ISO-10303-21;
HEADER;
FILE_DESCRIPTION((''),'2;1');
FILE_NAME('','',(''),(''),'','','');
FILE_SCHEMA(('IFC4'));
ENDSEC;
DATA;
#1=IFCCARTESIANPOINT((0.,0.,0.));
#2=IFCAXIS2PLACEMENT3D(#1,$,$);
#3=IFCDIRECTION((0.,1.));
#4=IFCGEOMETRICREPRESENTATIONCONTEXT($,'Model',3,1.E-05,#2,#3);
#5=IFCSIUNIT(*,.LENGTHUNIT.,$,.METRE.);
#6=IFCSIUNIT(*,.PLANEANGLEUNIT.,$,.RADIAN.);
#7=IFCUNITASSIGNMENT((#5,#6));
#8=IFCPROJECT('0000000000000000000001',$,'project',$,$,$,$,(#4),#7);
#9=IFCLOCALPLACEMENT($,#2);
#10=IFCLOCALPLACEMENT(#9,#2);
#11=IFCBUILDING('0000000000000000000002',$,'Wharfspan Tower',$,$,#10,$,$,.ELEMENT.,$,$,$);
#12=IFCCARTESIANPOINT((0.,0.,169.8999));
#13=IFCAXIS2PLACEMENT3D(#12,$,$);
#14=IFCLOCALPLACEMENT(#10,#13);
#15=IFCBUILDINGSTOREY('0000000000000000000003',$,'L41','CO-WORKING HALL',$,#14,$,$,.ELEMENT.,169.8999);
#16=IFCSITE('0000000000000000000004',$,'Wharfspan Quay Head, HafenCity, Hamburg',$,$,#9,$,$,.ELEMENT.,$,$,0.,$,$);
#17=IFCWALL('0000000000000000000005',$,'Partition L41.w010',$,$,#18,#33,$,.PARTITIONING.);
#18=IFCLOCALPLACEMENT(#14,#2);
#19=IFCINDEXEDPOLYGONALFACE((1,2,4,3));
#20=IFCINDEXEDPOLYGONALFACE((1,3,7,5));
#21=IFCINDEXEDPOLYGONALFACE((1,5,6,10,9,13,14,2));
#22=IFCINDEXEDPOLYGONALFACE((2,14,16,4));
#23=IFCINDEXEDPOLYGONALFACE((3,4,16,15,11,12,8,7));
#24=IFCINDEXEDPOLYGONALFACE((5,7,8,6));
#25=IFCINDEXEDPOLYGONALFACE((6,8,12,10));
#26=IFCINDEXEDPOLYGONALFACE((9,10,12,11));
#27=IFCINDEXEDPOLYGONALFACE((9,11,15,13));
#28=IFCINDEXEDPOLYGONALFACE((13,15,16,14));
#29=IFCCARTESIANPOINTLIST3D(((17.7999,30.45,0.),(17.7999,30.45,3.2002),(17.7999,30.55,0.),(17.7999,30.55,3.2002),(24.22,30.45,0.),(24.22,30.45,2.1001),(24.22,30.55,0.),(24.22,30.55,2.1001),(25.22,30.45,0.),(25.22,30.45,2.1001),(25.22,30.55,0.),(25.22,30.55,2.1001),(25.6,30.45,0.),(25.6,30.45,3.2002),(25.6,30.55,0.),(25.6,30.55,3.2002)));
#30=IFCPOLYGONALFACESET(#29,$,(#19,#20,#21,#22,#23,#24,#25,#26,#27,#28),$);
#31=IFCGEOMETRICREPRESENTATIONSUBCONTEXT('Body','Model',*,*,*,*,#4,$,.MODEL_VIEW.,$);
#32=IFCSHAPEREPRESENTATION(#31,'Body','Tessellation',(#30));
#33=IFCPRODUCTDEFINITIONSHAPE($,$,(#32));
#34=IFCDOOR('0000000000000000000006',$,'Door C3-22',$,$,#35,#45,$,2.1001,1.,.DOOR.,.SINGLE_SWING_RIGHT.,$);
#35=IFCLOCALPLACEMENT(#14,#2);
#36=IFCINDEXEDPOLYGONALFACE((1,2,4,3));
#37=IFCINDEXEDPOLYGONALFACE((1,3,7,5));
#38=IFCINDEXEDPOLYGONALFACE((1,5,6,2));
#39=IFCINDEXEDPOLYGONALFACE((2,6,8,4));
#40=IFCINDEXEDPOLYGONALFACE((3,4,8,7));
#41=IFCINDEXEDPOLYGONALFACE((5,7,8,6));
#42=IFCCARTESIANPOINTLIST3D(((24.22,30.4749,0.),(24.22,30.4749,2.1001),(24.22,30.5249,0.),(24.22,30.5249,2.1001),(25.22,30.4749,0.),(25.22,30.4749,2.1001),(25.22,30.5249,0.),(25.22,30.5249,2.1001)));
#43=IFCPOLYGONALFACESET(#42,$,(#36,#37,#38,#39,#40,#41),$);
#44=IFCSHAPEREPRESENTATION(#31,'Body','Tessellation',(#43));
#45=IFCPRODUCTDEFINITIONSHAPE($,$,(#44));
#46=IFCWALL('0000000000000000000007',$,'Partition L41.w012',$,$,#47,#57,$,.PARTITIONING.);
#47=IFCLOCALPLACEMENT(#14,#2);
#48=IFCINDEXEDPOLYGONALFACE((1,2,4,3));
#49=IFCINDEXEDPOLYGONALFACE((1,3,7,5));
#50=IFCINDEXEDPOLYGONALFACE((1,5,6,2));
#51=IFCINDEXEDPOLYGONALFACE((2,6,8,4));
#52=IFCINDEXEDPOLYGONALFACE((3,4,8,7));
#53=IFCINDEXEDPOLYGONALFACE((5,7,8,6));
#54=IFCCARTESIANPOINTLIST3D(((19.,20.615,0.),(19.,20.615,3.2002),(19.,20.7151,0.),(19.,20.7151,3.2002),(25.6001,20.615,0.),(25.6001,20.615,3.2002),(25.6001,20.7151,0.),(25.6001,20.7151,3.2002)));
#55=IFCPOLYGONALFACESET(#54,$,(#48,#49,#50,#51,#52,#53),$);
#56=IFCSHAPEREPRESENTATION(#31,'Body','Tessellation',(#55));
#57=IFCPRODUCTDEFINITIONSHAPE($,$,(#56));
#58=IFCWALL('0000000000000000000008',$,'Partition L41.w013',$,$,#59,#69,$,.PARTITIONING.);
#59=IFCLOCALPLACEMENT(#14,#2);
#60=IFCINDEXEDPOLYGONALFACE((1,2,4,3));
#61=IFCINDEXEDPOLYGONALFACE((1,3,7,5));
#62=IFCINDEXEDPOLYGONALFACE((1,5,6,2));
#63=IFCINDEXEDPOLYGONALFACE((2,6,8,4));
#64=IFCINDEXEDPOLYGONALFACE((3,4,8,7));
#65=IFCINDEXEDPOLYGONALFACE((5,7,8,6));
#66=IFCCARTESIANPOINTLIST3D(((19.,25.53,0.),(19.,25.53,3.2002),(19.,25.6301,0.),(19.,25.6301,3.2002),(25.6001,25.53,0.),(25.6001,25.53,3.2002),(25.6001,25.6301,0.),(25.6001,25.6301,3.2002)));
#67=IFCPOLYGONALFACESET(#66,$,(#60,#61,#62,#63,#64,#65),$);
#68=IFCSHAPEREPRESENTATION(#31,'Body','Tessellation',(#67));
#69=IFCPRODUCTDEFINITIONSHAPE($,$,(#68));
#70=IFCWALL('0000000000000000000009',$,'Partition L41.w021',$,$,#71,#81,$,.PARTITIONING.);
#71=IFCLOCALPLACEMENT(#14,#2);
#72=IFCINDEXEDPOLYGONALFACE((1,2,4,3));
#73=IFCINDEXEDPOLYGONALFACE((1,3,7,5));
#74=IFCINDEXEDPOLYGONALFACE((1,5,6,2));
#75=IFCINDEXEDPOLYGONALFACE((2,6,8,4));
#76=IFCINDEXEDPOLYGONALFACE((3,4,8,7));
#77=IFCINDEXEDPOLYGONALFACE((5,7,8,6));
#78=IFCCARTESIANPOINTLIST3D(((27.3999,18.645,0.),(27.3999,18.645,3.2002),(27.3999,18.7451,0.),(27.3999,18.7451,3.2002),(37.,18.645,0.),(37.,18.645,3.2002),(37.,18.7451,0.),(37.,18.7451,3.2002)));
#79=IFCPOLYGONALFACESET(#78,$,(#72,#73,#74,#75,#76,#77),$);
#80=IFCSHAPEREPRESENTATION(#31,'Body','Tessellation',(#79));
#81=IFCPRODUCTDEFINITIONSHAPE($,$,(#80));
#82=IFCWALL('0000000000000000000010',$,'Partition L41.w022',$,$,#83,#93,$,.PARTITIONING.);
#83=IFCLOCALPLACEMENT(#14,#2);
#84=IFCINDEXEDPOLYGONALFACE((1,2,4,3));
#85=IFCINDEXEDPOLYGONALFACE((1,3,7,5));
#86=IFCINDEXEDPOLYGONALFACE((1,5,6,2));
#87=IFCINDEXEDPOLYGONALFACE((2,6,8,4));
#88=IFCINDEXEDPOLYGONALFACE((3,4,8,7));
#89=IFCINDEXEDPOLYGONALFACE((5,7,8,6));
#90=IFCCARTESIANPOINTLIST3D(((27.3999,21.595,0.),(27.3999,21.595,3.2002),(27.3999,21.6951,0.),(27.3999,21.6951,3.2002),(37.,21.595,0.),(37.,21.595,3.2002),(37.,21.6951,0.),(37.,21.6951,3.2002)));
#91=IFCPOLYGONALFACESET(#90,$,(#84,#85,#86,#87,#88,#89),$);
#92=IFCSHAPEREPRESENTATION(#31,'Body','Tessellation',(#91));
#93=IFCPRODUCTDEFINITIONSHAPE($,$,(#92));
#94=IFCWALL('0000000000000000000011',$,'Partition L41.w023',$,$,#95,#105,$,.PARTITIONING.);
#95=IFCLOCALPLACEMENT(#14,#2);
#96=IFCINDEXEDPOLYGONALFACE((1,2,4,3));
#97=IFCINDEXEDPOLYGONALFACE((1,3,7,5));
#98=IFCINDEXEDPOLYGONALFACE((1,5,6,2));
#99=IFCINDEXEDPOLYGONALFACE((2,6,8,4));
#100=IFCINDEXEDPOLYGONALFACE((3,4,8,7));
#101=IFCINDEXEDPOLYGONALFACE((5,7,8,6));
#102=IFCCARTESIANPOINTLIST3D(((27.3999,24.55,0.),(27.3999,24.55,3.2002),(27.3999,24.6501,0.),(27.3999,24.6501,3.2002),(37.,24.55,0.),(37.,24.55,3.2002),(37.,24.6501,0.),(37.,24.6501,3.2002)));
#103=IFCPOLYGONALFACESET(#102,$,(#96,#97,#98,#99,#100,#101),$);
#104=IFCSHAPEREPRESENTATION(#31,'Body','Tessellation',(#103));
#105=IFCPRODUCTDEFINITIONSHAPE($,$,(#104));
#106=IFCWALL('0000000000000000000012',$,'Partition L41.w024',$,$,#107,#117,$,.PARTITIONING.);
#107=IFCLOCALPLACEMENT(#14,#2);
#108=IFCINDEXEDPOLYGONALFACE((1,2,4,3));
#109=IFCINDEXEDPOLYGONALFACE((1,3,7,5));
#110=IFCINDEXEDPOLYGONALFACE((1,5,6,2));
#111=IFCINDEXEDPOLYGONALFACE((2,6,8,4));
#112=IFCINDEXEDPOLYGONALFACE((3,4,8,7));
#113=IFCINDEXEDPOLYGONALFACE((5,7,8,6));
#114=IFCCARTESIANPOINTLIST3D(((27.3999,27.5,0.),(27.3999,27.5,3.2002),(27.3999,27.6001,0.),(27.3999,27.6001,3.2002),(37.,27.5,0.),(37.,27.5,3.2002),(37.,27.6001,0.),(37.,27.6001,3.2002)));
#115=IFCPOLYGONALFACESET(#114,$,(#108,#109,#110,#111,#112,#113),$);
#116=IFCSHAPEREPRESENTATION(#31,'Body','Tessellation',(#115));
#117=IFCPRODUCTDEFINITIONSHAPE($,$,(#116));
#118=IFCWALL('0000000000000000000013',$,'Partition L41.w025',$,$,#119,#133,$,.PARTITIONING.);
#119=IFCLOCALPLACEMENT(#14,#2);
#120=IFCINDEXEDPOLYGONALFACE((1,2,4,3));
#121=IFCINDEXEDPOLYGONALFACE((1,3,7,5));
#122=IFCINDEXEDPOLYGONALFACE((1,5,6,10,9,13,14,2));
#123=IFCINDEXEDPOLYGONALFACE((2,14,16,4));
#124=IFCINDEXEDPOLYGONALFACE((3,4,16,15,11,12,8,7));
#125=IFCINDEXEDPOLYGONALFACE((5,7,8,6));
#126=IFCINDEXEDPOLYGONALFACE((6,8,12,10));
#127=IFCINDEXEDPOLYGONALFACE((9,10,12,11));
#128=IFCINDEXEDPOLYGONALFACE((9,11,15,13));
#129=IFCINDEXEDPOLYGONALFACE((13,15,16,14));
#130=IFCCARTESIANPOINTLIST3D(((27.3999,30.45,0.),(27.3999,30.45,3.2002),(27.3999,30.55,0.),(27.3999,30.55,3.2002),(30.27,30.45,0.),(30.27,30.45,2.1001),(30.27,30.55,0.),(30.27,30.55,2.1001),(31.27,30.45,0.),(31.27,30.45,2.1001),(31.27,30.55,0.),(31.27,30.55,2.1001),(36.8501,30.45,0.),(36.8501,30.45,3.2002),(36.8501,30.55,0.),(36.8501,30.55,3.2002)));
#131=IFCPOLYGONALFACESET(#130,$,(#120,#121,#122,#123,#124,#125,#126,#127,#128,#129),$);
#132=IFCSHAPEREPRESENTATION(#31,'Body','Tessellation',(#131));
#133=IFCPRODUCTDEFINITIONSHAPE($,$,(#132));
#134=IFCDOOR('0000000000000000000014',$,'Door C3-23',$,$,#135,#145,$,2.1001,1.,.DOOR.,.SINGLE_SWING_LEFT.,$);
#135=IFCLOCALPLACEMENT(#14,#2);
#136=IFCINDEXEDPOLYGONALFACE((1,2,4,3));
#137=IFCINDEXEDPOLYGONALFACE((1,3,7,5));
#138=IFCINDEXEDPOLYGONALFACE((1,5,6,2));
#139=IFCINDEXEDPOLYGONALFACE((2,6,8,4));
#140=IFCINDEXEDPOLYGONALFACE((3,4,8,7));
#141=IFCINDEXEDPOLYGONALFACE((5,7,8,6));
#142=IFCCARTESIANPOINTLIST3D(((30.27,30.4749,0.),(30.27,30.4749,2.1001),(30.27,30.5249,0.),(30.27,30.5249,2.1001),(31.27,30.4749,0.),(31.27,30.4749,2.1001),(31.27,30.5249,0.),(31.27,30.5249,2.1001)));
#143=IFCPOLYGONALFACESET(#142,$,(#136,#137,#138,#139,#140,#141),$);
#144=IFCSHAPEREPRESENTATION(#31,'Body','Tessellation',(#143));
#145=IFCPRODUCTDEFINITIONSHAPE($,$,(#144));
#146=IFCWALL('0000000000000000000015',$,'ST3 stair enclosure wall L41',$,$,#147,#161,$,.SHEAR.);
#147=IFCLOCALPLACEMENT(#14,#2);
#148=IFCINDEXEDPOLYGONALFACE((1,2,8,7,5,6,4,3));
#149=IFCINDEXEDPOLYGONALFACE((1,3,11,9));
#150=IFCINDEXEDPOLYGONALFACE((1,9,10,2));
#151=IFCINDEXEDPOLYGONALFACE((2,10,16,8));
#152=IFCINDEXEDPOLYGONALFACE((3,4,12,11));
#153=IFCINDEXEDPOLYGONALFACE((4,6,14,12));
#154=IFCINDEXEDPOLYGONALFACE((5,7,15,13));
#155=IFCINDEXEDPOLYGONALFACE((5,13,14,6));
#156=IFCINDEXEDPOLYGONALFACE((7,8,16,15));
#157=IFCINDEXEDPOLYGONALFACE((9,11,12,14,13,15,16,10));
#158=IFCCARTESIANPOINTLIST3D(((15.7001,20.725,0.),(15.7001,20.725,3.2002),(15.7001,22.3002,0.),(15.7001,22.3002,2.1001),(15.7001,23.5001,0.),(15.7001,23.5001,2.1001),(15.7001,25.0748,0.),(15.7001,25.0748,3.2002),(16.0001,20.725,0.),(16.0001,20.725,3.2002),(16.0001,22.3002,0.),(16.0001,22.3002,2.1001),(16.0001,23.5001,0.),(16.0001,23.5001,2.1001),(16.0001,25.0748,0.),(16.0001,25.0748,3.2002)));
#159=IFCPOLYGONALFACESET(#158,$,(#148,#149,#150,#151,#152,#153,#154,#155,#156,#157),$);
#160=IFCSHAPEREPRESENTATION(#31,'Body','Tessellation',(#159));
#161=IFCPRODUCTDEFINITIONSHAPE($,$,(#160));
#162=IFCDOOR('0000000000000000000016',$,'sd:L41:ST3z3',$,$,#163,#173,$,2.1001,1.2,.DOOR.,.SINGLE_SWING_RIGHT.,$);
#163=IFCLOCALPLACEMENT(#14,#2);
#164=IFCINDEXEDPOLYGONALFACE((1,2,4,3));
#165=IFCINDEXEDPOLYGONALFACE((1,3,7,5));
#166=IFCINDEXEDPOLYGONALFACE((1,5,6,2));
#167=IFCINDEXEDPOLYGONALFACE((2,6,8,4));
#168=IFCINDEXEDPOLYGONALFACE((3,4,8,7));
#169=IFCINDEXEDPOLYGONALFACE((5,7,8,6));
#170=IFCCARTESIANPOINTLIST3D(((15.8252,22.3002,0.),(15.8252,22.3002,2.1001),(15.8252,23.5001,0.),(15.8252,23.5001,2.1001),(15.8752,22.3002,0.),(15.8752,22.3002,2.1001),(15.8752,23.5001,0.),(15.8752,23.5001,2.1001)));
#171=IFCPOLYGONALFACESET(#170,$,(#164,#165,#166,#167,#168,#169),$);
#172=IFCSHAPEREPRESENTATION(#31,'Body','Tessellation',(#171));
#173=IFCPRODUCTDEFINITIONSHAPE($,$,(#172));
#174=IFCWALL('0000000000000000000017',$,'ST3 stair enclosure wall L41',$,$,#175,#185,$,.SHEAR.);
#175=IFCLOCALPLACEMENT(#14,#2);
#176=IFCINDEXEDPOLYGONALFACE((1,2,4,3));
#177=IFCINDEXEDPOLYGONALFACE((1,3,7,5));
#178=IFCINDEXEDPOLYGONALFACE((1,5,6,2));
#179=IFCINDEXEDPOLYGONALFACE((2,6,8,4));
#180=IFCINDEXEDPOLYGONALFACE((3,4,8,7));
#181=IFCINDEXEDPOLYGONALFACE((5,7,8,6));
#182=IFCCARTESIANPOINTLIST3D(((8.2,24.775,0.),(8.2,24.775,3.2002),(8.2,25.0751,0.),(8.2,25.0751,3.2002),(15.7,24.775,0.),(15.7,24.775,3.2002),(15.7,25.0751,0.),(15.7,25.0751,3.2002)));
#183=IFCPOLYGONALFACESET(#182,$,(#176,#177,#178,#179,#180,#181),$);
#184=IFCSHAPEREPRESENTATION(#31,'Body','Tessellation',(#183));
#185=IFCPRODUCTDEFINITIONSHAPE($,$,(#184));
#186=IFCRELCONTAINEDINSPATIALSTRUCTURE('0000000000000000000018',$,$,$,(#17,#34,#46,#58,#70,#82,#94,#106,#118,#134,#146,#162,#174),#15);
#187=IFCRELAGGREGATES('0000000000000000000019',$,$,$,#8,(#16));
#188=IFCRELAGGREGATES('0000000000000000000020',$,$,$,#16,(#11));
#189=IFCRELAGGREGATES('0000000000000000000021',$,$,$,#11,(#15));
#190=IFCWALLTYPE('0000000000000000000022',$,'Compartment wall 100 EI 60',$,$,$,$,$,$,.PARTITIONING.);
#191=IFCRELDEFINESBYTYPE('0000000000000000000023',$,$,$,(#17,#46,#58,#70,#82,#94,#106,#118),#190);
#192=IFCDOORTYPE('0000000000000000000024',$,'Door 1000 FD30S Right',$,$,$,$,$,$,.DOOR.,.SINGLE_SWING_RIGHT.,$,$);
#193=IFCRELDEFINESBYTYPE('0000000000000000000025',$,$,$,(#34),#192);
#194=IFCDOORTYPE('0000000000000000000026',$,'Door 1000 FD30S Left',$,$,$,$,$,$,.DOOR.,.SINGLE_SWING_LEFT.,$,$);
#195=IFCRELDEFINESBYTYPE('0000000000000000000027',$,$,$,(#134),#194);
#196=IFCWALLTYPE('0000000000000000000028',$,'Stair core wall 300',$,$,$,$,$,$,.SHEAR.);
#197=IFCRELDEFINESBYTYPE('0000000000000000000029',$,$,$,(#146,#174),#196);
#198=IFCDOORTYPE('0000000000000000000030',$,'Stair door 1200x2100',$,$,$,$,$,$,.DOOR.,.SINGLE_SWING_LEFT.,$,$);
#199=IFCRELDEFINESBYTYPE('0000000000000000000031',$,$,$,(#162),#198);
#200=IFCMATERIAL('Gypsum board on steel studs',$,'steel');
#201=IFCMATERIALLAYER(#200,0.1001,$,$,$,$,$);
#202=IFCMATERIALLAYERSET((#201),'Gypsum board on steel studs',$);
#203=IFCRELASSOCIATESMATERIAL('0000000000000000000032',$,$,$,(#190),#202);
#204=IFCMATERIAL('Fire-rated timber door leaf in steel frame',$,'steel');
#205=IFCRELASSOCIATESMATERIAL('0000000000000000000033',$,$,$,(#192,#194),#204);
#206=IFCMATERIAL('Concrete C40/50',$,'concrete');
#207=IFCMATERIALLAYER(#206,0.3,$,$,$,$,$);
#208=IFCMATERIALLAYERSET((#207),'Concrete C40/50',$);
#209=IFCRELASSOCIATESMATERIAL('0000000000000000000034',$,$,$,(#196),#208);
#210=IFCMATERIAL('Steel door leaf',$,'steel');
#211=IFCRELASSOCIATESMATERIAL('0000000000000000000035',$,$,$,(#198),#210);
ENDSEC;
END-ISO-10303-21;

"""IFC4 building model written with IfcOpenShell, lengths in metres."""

from ifc_helpers import new_model, si_unit, direction, frame, frame_2d, origin, place, context, subcontext, project, spatial, rectangle, extrude, material, layer, layer_set, type_object, element, fill, save


model = new_model("IFC4")

# Units and contexts
model_context = context("Model", 3, precision=1e-05, world=origin(), true_north=direction((0.0, 1.0)))
body_context = subcontext(model_context, "Body", "Model", "MODEL_VIEW")
ifc_project = project(units=[si_unit("LENGTHUNIT", "METRE"), si_unit("PLANEANGLEUNIT", "RADIAN")], contexts=[model_context])

# Site, building, storey
site_placement = place(None, origin())
site = spatial("IfcSite", under=ifc_project, at=site_placement, Name="Wharfspan Quay Head, HafenCity, Hamburg", CompositionType="ELEMENT", RefElevation=0.0)
building_placement = place(site_placement, origin())
building = spatial("IfcBuilding", under=site, at=building_placement, Name="Wharfspan Tower", CompositionType="ELEMENT")
storey_placement = place(building_placement, frame((0.0, 0.0, 169.8999)))
storey = spatial("IfcBuildingStorey", under=building, at=storey_placement, Name="L41", Description="CO-WORKING HALL", CompositionType="ELEMENT", Elevation=169.8999)

# Shared definitions
ifc_material_1 = material(Name="Gypsum board on steel studs", Category="steel")
ifc_layer_1 = layer(ifc_material_1, 0.1001)
ifc_layer_set_1 = layer_set([ifc_layer_1], Name="Gypsum board on steel studs")
wall_type_1 = type_object("IfcWallType", Name="Compartment wall 100 EI 60", PredefinedType="PARTITIONING", material=ifc_layer_set_1)
ifc_material_2 = material(Name="Fire-rated timber door leaf in steel frame", Category="steel")

# Wall, opening, door
door_type_1 = type_object("IfcDoorType", Name="Door 1000 FD30S Right", OperationType="SINGLE_SWING_RIGHT", PredefinedType="DOOR", material=ifc_material_2)
wall_1_placement = place(storey_placement, frame((17.8, 30.5, 0.0), z_axis=(0.0, 0.0, 1.0), x_axis=(1.0, 0.0, 0.0)))
wall_1 = element("IfcWall", 1, at=wall_1_placement, inside=storey, type_object=wall_type_1, Name="Partition L41.w010", PredefinedType="PARTITIONING", context=body_context, shape_type="SweptSolid", body=[
    extrude(rectangle(XDim=7.8, YDim=0.1001, at=frame_2d((3.8999, 0.0))), origin(), (0.0, 0.0, 1.0), 3.2002),
])
opening_1_placement = place(wall_1_placement, frame((6.4199, 0.0, 0.0)))
opening_1 = element("IfcOpeningElement", 2, at=opening_1_placement, cuts=wall_1, PredefinedType="OPENING", context=body_context, shape_type="SweptSolid", body=[
    extrude(rectangle(XDim=1.0, YDim=2.1001, at=frame_2d((0.5, 1.05))), frame((0.0, 0.0601, 0.0), z_axis=(0.0, -1.0, 0.0), x_axis=(1.0, 0.0, 0.0)), (0.0, 0.0, 1.0), 0.1201),
])
door_1_placement = place(opening_1_placement, origin())
door_1 = element("IfcDoor", 3, at=door_1_placement, inside=storey, type_object=door_type_1, Name="Door C3-22", OperationType="SINGLE_SWING_RIGHT", OverallHeight=2.1001, OverallWidth=1.0, PredefinedType="DOOR", context=body_context, shape_type="SweptSolid", body=[
    extrude(rectangle(XDim=1.0, YDim=2.1001, at=frame_2d((0.5, 1.05))), frame((0.0, 0.0249, 0.0), z_axis=(0.0, -1.0, 0.0), x_axis=(1.0, 0.0, 0.0)), (0.0, 0.0, 1.0), 0.05),
])
fill(opening_1, door_1)

# Walls
for number, where, z_axis, x_axis, name in (
    (4, (19.0, 20.665, 0.0), (0.0, 0.0, 1.0), (1.0, 0.0, 0.0), "Partition L41.w012"),
    (5, (19.0, 25.5801, 0.0), (0.0, 0.0, 1.0), (1.0, 0.0, 0.0), "Partition L41.w013"),
):
    element("IfcWall", number, at=place(storey_placement, frame(where, z_axis=z_axis, x_axis=x_axis)), inside=storey, type_object=wall_type_1, Name=name, PredefinedType="PARTITIONING", context=body_context, shape_type="SweptSolid", body=[
        extrude(rectangle(XDim=6.6001, YDim=0.1001, at=frame_2d((3.3, 0.0))), origin(), (0.0, 0.0, 1.0), 3.2002),
    ])
for number, where, z_axis, x_axis, name in (
    (6, (27.3999, 18.6951, 0.0), (0.0, 0.0, 1.0), (1.0, 0.0, 0.0), "Partition L41.w021"),
    (7, (27.3999, 21.645, 0.0), (0.0, 0.0, 1.0), (1.0, 0.0, 0.0), "Partition L41.w022"),
    (8, (27.3999, 24.6001, 0.0), (0.0, 0.0, 1.0), (1.0, 0.0, 0.0), "Partition L41.w023"),
    (9, (27.3999, 27.55, 0.0), (0.0, 0.0, 1.0), (1.0, 0.0, 0.0), "Partition L41.w024"),
):
    element("IfcWall", number, at=place(storey_placement, frame(where, z_axis=z_axis, x_axis=x_axis)), inside=storey, type_object=wall_type_1, Name=name, PredefinedType="PARTITIONING", context=body_context, shape_type="SweptSolid", body=[
        extrude(rectangle(XDim=9.6001, YDim=0.1001, at=frame_2d((4.8, 0.0))), origin(), (0.0, 0.0, 1.0), 3.2002),
    ])

# Walls, openings, doors
wall_2_placement = place(storey_placement, frame((27.3999, 30.5, 0.0), z_axis=(0.0, 0.0, 1.0), x_axis=(1.0, 0.0, 0.0)))
wall_2 = element("IfcWall", 10, at=wall_2_placement, inside=storey, type_object=wall_type_1, Name="Partition L41.w025", PredefinedType="PARTITIONING", context=body_context, shape_type="SweptSolid", body=[
    extrude(rectangle(XDim=9.4502, YDim=0.1001, at=frame_2d((4.7251, 0.0))), origin(), (0.0, 0.0, 1.0), 3.2002),
])
opening_2_placement = place(wall_2_placement, frame((2.8701, 0.0, 0.0)))
opening_2 = element("IfcOpeningElement", 11, at=opening_2_placement, cuts=wall_2, PredefinedType="OPENING", context=body_context, shape_type="SweptSolid", body=[
    extrude(rectangle(XDim=1.0, YDim=2.1001, at=frame_2d((0.5, 1.05))), frame((0.0, 0.0601, 0.0), z_axis=(0.0, -1.0, 0.0), x_axis=(1.0, 0.0, 0.0)), (0.0, 0.0, 1.0), 0.1201),
])
door_type_2 = type_object("IfcDoorType", Name="Door 1000 FD30S Left", OperationType="SINGLE_SWING_LEFT", PredefinedType="DOOR", material=ifc_material_2)
door_2_placement = place(opening_2_placement, origin())
door_2 = element("IfcDoor", 12, at=door_2_placement, inside=storey, type_object=door_type_2, Name="Door C3-23", OperationType="SINGLE_SWING_LEFT", OverallHeight=2.1001, OverallWidth=1.0, PredefinedType="DOOR", context=body_context, shape_type="SweptSolid", body=[
    extrude(rectangle(XDim=1.0, YDim=2.1001, at=frame_2d((0.5, 1.05))), frame((0.0, 0.0249, 0.0), z_axis=(0.0, -1.0, 0.0), x_axis=(1.0, 0.0, 0.0)), (0.0, 0.0, 1.0), 0.05),
])
fill(opening_2, door_2)
ifc_material_3 = material(Name="Concrete C40/50", Category="concrete")
ifc_layer_2 = layer(ifc_material_3, 0.3)
ifc_layer_set_2 = layer_set([ifc_layer_2], Name="Concrete C40/50")
wall_type_2 = type_object("IfcWallType", Name="Stair core wall 300", PredefinedType="SHEAR", material=ifc_layer_set_2)
wall_3_placement = place(storey_placement, frame((15.8501, 20.7251, 0.0), z_axis=(0.0, 0.0, 1.0), x_axis=(0.0, 1.0, 0.0)))
wall_3 = element("IfcWall", 13, at=wall_3_placement, inside=storey, type_object=wall_type_2, Name="ST3 stair enclosure wall L41", PredefinedType="SHEAR", context=body_context, shape_type="SweptSolid", body=[
    extrude(rectangle(XDim=4.3499, YDim=0.3, at=frame_2d((2.1748, 0.0))), origin(), (0.0, 0.0, 1.0), 3.2002),
])
opening_3_placement = place(wall_3_placement, frame((1.575, 0.0, 0.0)))
opening_3 = element("IfcOpeningElement", 14, at=opening_3_placement, cuts=wall_3, PredefinedType="OPENING", context=body_context, shape_type="SweptSolid", body=[
    extrude(rectangle(XDim=1.2, YDim=2.1001, at=frame_2d((0.6001, 1.05))), frame((0.0, 0.1599, 0.0), z_axis=(0.0, -1.0, 0.0), x_axis=(1.0, 0.0, 0.0)), (0.0, 0.0, 1.0), 0.3201),
])
ifc_material_4 = material(Name="Steel door leaf", Category="steel")
door_type_3 = type_object("IfcDoorType", Name="Stair door 1200x2100", OperationType="SINGLE_SWING_LEFT", PredefinedType="DOOR", material=ifc_material_4)
door_3_placement = place(opening_3_placement, origin())
door_3 = element("IfcDoor", 15, at=door_3_placement, inside=storey, type_object=door_type_3, Name="sd:L41:ST3z3", OperationType="SINGLE_SWING_RIGHT", OverallHeight=2.1001, OverallWidth=1.2, PredefinedType="DOOR", context=body_context, shape_type="SweptSolid", body=[
    extrude(rectangle(XDim=1.2, YDim=2.1001, at=frame_2d((0.6001, 1.05))), frame((0.0, 0.0249, 0.0), z_axis=(0.0, -1.0, 0.0), x_axis=(1.0, 0.0, 0.0)), (0.0, 0.0, 1.0), 0.05),
])
fill(opening_3, door_3)

# Wall
wall_4_placement = place(storey_placement, frame((8.2, 24.925, 0.0), z_axis=(0.0, 0.0, 1.0), x_axis=(1.0, 0.0, 0.0)))
element("IfcWall", 16, at=wall_4_placement, inside=storey, type_object=wall_type_2, Name="ST3 stair enclosure wall L41", PredefinedType="SHEAR", context=body_context, shape_type="SweptSolid", body=[
    extrude(rectangle(XDim=7.5, YDim=0.3, at=frame_2d((3.75, 0.0))), origin(), (0.0, 0.0, 1.0), 3.2002),
])

save(model, "model.ifc")
